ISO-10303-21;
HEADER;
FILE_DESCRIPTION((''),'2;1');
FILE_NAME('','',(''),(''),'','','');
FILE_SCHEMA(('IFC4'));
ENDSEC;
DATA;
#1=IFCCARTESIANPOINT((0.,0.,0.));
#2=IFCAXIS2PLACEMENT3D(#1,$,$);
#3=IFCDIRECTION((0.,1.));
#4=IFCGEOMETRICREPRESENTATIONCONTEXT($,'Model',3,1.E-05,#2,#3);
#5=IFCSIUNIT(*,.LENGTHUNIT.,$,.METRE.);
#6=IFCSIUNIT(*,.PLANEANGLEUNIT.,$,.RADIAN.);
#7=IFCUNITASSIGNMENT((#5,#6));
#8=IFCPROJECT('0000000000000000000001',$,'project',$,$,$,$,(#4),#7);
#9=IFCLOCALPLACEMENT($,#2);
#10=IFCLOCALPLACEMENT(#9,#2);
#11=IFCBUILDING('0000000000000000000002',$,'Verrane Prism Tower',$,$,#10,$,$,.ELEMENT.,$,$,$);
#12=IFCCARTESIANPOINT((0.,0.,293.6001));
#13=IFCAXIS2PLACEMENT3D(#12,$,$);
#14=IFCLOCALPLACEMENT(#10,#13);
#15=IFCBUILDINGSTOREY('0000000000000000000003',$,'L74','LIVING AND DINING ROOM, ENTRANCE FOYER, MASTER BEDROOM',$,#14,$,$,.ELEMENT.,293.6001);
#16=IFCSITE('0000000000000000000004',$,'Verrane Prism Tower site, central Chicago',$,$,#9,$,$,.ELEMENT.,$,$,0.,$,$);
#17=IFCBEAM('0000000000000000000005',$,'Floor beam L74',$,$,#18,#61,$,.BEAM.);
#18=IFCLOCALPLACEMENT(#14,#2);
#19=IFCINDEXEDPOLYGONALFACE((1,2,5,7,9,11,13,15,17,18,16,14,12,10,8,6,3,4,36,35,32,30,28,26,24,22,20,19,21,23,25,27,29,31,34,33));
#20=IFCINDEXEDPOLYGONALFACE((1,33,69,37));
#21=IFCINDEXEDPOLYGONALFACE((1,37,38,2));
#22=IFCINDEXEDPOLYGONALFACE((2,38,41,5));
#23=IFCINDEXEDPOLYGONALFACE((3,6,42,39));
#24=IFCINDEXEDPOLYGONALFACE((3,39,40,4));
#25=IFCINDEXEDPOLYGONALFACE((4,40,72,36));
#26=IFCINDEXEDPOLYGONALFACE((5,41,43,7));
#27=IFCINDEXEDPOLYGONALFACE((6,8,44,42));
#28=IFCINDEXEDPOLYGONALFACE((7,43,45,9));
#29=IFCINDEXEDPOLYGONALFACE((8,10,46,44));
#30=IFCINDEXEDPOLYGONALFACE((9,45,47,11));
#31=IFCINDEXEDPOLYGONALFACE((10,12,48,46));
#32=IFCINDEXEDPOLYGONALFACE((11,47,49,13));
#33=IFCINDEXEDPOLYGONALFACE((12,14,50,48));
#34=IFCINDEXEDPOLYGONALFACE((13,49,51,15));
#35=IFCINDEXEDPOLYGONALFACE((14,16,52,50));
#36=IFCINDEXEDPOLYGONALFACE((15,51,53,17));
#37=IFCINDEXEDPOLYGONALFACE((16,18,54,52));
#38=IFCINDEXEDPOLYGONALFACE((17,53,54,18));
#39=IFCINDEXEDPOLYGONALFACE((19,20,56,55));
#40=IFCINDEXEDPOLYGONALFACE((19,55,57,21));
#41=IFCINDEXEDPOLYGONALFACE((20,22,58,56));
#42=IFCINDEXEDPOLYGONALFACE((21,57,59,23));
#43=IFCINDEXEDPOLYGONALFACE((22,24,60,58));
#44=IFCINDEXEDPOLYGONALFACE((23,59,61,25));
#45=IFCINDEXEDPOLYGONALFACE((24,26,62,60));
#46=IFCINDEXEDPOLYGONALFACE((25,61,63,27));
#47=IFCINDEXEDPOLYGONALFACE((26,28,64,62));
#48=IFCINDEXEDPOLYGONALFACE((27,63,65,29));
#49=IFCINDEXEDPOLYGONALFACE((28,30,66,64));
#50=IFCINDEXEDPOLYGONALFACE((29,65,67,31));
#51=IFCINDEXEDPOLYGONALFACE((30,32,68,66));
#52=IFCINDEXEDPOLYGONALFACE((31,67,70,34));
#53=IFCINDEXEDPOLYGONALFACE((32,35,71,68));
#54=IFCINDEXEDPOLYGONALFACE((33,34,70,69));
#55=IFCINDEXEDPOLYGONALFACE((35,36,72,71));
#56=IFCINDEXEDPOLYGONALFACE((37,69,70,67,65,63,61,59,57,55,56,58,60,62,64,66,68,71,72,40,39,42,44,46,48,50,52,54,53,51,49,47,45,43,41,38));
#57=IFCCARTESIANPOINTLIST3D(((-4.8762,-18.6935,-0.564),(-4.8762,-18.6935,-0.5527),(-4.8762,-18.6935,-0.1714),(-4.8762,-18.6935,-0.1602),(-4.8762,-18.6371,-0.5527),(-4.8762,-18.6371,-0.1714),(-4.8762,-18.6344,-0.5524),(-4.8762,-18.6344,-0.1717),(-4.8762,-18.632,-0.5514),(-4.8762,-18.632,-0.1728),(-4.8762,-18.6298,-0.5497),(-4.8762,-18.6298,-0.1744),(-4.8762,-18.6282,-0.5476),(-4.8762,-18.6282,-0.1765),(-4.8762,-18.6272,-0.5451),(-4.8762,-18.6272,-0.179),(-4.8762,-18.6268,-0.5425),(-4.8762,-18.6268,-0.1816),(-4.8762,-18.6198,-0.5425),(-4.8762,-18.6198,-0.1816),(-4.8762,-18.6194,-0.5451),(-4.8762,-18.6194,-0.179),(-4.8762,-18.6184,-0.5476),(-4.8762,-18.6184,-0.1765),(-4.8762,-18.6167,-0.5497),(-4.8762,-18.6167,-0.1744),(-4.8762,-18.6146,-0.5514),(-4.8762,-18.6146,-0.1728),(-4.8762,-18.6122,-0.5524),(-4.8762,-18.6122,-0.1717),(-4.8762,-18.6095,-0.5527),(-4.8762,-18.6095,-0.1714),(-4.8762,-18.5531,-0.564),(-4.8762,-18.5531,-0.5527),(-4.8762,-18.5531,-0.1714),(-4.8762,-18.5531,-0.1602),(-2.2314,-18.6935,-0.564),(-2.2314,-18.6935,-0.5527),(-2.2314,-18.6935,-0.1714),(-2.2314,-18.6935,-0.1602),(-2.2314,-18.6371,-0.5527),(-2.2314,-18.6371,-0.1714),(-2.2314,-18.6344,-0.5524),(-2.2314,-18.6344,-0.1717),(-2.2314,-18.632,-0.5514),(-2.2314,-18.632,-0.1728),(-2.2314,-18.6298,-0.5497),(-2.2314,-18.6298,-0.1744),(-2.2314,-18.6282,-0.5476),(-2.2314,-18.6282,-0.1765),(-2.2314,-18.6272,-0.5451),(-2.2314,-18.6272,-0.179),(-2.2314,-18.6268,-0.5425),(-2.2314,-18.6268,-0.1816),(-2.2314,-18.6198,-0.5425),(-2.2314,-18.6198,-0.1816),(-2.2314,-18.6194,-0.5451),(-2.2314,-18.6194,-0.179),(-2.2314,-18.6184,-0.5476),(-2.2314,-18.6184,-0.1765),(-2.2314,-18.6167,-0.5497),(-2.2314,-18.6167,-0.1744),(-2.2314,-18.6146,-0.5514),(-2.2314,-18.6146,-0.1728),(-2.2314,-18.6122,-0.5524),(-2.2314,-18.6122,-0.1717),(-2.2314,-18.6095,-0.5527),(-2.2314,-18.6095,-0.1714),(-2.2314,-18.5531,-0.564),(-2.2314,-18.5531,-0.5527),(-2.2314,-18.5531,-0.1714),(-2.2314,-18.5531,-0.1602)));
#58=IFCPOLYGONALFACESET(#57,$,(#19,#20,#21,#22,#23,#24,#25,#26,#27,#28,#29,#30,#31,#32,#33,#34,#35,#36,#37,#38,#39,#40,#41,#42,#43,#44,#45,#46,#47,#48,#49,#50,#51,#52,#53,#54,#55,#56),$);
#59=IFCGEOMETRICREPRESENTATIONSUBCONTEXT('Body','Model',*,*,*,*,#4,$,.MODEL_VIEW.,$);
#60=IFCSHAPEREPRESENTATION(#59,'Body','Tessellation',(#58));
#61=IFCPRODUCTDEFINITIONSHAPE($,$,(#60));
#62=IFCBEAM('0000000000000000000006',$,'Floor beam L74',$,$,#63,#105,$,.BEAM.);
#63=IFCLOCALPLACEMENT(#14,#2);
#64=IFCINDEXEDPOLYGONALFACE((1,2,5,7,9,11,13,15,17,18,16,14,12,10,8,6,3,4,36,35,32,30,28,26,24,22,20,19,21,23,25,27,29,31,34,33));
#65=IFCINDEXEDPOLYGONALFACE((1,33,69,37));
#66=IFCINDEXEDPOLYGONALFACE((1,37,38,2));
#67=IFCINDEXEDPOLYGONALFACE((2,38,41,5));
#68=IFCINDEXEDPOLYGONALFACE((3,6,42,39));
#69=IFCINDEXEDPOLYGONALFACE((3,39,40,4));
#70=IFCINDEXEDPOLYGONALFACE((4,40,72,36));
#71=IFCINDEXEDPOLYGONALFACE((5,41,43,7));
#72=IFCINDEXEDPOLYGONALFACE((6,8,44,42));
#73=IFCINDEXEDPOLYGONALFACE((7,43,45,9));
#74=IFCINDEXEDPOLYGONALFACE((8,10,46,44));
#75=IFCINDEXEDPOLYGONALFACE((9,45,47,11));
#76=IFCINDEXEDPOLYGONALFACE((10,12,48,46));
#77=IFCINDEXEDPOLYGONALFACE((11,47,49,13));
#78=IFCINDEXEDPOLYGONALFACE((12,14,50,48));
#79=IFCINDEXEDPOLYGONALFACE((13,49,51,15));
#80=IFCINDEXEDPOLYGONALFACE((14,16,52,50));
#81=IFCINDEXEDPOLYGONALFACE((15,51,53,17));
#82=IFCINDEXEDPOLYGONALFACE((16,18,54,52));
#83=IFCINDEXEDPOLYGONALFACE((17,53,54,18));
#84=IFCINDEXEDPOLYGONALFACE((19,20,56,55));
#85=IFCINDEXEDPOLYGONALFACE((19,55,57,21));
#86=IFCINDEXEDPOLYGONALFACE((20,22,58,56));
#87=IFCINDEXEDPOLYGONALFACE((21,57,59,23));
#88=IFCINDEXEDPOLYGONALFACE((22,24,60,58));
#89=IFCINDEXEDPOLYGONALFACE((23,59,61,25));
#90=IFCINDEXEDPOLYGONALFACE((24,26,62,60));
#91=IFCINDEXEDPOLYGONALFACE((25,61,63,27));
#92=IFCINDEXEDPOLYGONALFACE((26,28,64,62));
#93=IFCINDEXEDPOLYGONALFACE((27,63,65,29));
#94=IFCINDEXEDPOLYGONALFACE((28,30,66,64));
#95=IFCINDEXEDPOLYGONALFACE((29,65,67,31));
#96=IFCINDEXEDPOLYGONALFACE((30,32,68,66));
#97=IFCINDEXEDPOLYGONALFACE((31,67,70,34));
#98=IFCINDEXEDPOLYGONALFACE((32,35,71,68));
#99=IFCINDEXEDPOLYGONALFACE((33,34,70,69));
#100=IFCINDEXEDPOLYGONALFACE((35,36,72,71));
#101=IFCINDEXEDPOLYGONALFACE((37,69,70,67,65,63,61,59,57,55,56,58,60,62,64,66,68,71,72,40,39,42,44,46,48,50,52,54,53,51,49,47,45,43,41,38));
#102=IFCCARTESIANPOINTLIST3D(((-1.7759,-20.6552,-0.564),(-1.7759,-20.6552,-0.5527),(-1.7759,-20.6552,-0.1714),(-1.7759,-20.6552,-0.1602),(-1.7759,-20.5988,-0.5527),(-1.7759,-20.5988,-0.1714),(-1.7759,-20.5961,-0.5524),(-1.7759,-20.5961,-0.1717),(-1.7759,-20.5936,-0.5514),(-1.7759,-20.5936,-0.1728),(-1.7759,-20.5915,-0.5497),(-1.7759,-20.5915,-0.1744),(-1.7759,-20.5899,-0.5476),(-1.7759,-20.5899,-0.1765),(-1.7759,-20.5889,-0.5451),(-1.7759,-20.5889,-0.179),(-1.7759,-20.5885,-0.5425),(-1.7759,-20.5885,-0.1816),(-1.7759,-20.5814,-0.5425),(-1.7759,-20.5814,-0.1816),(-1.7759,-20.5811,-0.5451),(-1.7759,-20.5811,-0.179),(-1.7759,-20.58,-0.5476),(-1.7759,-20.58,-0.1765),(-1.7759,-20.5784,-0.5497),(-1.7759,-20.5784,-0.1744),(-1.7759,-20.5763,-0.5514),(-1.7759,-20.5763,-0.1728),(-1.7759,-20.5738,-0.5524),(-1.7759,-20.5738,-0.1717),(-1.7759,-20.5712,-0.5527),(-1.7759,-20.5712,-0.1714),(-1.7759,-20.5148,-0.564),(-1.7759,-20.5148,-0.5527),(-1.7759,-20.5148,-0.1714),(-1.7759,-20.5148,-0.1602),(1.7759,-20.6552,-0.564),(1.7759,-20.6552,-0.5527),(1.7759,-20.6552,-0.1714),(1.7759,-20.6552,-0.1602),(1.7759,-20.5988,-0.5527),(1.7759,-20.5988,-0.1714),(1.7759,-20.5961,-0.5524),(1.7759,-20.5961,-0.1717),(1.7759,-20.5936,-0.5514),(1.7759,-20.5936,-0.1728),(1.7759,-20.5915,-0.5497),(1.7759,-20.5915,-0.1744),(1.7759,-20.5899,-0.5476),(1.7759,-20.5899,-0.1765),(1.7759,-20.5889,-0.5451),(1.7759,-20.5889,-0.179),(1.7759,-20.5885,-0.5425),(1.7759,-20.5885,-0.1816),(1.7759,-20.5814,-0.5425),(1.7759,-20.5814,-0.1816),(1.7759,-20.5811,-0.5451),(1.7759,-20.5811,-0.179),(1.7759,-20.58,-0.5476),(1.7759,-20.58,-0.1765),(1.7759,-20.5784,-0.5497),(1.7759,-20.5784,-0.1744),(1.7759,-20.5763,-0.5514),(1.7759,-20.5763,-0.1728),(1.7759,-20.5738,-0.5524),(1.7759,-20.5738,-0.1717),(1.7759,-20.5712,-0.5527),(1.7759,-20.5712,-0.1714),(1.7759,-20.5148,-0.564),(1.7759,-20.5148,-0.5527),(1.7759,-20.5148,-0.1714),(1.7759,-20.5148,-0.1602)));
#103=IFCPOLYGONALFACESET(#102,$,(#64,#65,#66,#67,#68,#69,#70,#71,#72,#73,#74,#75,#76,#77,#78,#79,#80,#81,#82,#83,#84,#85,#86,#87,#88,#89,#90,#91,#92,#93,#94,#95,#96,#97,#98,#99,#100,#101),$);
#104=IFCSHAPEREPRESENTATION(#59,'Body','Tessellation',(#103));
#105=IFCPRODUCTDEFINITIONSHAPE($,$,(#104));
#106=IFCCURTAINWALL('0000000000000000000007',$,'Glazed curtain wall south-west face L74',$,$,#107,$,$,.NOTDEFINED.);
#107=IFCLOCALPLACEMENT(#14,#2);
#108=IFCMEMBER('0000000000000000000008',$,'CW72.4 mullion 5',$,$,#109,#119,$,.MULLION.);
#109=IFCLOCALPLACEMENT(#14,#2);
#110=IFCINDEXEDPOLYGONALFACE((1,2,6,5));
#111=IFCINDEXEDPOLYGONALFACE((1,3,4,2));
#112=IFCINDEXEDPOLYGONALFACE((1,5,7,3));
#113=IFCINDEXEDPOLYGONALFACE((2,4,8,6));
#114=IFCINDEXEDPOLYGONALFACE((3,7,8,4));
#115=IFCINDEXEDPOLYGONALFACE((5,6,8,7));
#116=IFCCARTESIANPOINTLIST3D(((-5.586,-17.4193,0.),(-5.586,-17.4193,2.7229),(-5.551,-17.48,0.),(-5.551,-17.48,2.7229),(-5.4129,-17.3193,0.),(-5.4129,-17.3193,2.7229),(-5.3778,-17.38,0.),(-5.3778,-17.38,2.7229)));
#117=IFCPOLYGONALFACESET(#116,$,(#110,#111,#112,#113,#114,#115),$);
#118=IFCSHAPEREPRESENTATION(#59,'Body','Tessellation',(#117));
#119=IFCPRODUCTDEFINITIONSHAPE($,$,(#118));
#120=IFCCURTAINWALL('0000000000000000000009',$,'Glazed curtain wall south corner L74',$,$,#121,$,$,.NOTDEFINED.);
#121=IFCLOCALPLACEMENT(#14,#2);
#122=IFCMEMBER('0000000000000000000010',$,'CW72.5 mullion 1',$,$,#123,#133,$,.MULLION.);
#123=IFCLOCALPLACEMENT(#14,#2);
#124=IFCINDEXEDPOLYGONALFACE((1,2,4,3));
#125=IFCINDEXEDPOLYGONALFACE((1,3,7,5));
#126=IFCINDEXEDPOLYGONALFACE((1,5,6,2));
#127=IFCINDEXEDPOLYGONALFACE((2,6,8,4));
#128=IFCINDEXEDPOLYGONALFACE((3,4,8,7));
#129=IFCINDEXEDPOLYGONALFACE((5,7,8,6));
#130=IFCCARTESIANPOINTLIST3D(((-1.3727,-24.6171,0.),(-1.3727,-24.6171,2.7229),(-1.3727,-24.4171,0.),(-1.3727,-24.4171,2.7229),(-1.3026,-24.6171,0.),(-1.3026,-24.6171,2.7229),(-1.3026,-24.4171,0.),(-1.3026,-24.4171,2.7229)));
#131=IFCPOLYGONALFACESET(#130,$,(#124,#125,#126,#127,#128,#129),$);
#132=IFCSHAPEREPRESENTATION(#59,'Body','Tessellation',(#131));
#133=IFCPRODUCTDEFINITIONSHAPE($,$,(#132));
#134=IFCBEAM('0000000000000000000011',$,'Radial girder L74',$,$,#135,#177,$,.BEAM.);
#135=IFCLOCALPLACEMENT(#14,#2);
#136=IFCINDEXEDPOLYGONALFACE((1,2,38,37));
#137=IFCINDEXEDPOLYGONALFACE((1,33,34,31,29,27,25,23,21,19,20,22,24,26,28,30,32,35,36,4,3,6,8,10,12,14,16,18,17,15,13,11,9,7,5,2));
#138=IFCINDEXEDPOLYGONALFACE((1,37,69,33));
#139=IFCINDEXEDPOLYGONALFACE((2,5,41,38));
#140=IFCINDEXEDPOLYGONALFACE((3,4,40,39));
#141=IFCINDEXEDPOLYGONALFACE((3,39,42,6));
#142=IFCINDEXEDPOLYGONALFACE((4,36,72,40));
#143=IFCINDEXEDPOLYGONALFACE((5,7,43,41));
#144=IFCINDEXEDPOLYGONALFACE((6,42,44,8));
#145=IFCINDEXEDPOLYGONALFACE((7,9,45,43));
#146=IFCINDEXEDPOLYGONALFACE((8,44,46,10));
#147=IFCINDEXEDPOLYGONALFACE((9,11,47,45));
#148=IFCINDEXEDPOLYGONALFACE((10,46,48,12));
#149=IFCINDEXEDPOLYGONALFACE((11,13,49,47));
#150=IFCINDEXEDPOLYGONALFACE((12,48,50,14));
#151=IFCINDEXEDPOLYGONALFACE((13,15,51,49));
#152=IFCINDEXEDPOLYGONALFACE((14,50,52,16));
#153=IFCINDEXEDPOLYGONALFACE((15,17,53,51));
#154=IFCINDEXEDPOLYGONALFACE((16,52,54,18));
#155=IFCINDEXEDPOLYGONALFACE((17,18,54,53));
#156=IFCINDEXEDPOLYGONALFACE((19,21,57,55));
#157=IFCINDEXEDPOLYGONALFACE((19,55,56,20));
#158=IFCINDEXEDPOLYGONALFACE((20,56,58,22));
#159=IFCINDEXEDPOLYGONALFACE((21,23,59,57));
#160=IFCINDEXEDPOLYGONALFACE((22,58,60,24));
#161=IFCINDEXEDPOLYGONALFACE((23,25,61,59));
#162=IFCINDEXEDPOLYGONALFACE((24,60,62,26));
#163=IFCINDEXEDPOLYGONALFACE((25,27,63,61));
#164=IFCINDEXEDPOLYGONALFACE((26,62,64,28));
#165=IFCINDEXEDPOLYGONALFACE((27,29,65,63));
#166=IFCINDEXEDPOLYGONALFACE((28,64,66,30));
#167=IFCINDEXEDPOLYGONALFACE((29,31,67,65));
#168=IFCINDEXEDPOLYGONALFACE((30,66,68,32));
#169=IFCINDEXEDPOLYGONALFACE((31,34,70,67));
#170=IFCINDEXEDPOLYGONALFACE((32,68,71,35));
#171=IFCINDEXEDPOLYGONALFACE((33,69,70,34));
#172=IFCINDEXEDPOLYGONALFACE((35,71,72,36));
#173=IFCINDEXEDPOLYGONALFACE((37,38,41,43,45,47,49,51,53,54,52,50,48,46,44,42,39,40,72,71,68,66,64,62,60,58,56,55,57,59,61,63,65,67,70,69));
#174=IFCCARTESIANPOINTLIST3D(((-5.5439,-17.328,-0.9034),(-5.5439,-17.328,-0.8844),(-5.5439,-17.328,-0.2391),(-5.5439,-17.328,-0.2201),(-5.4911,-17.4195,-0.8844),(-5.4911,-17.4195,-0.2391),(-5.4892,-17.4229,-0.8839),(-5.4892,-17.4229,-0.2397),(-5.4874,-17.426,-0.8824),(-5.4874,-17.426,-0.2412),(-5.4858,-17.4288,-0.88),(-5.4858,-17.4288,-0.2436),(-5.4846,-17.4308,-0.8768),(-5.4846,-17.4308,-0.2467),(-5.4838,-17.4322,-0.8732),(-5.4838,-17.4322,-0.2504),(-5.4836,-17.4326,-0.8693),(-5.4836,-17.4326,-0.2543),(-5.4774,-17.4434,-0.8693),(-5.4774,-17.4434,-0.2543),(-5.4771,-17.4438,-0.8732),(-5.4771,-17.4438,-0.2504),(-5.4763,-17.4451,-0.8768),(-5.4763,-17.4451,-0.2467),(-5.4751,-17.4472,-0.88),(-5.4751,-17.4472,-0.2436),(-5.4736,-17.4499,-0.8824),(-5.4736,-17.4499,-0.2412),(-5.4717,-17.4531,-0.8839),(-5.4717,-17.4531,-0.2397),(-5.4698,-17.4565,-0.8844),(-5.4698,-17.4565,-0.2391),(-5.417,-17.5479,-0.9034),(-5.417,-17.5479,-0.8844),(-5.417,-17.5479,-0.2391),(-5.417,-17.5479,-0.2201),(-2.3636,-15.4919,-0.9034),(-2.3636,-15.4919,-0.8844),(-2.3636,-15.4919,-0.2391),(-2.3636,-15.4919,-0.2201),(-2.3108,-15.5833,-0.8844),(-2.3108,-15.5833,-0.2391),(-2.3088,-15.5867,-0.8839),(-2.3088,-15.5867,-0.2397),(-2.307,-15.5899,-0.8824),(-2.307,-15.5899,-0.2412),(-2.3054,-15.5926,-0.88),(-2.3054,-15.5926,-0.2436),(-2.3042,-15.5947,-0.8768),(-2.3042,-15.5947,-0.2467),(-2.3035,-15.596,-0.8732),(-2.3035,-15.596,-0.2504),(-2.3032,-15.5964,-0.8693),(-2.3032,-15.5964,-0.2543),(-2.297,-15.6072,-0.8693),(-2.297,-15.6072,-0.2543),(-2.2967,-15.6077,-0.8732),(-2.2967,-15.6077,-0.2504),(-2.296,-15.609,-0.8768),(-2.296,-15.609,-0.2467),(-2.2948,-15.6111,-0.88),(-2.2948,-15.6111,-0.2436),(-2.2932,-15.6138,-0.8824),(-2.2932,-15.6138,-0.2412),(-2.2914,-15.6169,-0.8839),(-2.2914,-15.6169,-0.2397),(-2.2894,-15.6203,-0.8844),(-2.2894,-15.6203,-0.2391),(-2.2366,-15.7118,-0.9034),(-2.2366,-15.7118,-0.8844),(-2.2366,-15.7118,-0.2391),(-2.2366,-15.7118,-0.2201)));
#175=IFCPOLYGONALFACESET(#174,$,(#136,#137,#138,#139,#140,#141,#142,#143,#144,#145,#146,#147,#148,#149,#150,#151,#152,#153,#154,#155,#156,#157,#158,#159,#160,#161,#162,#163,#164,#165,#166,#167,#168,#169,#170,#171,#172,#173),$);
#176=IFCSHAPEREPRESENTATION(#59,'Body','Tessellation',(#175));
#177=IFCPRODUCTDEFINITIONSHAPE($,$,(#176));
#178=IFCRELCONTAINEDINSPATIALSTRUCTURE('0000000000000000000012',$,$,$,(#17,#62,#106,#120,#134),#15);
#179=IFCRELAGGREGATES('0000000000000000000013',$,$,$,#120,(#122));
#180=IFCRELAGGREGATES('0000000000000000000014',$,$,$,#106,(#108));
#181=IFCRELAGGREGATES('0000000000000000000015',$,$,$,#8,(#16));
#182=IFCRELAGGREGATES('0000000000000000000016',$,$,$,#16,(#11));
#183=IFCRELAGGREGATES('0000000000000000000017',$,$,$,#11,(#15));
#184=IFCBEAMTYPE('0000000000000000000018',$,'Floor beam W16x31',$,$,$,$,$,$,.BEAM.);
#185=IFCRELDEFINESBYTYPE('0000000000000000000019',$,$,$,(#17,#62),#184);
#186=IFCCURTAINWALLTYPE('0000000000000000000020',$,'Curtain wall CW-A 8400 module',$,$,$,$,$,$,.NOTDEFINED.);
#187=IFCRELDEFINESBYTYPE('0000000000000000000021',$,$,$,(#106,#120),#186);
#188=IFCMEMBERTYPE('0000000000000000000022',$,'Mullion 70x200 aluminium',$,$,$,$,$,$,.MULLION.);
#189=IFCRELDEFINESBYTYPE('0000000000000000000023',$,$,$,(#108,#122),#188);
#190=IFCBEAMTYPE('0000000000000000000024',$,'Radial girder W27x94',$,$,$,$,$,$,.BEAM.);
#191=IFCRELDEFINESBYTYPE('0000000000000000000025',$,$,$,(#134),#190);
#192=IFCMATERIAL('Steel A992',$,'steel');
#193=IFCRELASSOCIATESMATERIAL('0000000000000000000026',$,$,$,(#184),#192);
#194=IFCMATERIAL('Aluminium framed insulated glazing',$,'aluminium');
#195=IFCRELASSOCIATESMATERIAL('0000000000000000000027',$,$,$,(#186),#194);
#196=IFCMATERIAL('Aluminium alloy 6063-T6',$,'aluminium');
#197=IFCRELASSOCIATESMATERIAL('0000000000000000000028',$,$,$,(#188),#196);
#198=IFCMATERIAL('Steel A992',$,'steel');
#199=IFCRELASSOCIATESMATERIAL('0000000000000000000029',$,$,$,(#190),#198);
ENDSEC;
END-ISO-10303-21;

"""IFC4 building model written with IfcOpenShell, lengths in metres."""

from ifc_helpers import new_model, si_unit, direction, frame, origin, origin_2d, place, context, subcontext, project, spatial, rectangle, i_section, extrude, material, material_profile, profile_set, type_object, element, aggregate, save


model = new_model("IFC4")

# Units and contexts
model_context = context("Model", 3, precision=1e-05, world=origin(), true_north=direction((0.0, 1.0)))
body_context = subcontext(model_context, "Body", "Model", "MODEL_VIEW")
ifc_project = project(units=[si_unit("LENGTHUNIT", "METRE"), si_unit("PLANEANGLEUNIT", "RADIAN")], contexts=[model_context])

# Site, building, storey
site_placement = place(None, origin())
site = spatial("IfcSite", under=ifc_project, at=site_placement, Name="Verrane Prism Tower site, central Chicago", CompositionType="ELEMENT", RefElevation=0.0)
building_placement = place(site_placement, origin())
building = spatial("IfcBuilding", under=site, at=building_placement, Name="Verrane Prism Tower", CompositionType="ELEMENT")
storey_placement = place(building_placement, frame((0.0, 0.0, 293.6001)))
storey = spatial("IfcBuildingStorey", under=building, at=storey_placement, Name="L74", Description="LIVING AND DINING ROOM, ENTRANCE FOYER, MASTER BEDROOM", CompositionType="ELEMENT", Elevation=293.6001)

# Beams
ifc_material_1 = material(Name="Steel A992", Category="steel")
ifc_material_profile_1 = material_profile(ifc_material_1, i_section(OverallWidth=0.1404, OverallDepth=0.4038, WebThickness=0.0071, FlangeThickness=0.0112, FilletRadius=0.0103, at=origin_2d()), Name="W16x31")
ifc_profile_set_1 = profile_set([ifc_material_profile_1], Name="Steel A992")
beam_type_1 = type_object("IfcBeamType", Name="Floor beam W16x31", PredefinedType="BEAM", material=ifc_profile_set_1)
beam_1_placement = place(storey_placement, frame((-4.8762, -18.6233, -0.3621), z_axis=(1.0, 0.0, 0.0), x_axis=(0.0, 1.0, 0.0)))
element("IfcBeam", 1, at=beam_1_placement, inside=storey, type_object=beam_type_1, Name="Floor beam L74", PredefinedType="BEAM", context=body_context, shape_type="SweptSolid", body=[
    extrude(i_section(OverallWidth=0.1404, OverallDepth=0.4038, WebThickness=0.0071, FlangeThickness=0.0112, FilletRadius=0.0103, at=origin_2d()), origin(), (0.0, 0.0, 1.0), 2.6448),
])
beam_2_placement = place(storey_placement, frame((-1.7759, -20.585, -0.3621), z_axis=(1.0, 0.0, 0.0), x_axis=(0.0, 1.0, 0.0)))
element("IfcBeam", 2, at=beam_2_placement, inside=storey, type_object=beam_type_1, Name="Floor beam L74", PredefinedType="BEAM", context=body_context, shape_type="SweptSolid", body=[
    extrude(i_section(OverallWidth=0.1404, OverallDepth=0.4038, WebThickness=0.0071, FlangeThickness=0.0112, FilletRadius=0.0103, at=origin_2d()), origin(), (0.0, 0.0, 1.0), 3.5518),
])

# Curtain walls, members
ifc_material_2 = material(Name="Aluminium framed insulated glazing", Category="aluminium")
curtain_wall_type = type_object("IfcCurtainWallType", Name="Curtain wall CW-A 8400 module", PredefinedType="NOTDEFINED", material=ifc_material_2)
curtain_wall_1_placement = place(storey_placement, origin())
curtain_wall_1 = element("IfcCurtainWall", 3, at=curtain_wall_1_placement, inside=storey, type_object=curtain_wall_type, Name="Glazed curtain wall south-west face L74", PredefinedType="NOTDEFINED")
ifc_material_3 = material(Name="Aluminium alloy 6063-T6", Category="aluminium")
ifc_material_profile_2 = material_profile(ifc_material_3, rectangle(XDim=0.2, YDim=0.0701, at=origin_2d()), Name="Mullion 70x200 aluminium")
ifc_profile_set_2 = profile_set([ifc_material_profile_2], Name="Aluminium alloy 6063-T6")
member_type_1 = type_object("IfcMemberType", Name="Mullion 70x200 aluminium", PredefinedType="MULLION", material=ifc_profile_set_2)
member_1_placement = place(storey_placement, frame((-5.4819, -17.3997, 0.0), z_axis=(0.0, 0.0, 1.0), x_axis=(0.866025, 0.500001, 0.0)))
member_1 = element("IfcMember", 4, at=member_1_placement, type_object=member_type_1, Name="CW72.4 mullion 5", PredefinedType="MULLION", context=body_context, shape_type="SweptSolid", body=[
    extrude(rectangle(XDim=0.2, YDim=0.0701, at=origin_2d()), origin(), (0.0, 0.0, 1.0), 2.7229),
])
curtain_wall_2_placement = place(storey_placement, origin())
curtain_wall_2 = element("IfcCurtainWall", 5, at=curtain_wall_2_placement, inside=storey, type_object=curtain_wall_type, Name="Glazed curtain wall south corner L74", PredefinedType="NOTDEFINED")
member_2_placement = place(storey_placement, frame((-1.3376, -24.5171, 0.0), z_axis=(0.0, 0.0, 1.0), x_axis=(0.0, 1.0, 0.0)))
member_2 = element("IfcMember", 6, at=member_2_placement, type_object=member_type_1, Name="CW72.5 mullion 1", PredefinedType="MULLION", context=body_context, shape_type="SweptSolid", body=[
    extrude(rectangle(XDim=0.2, YDim=0.0701, at=origin_2d()), origin(), (0.0, 0.0, 1.0), 2.7229),
])

# Beam
ifc_material_4 = material(Name="Steel A992", Category="steel")
ifc_material_profile_3 = material_profile(ifc_material_4, i_section(OverallWidth=0.2539, OverallDepth=0.6833, WebThickness=0.0125, FlangeThickness=0.019, FilletRadius=0.0151, at=origin_2d()), Name="W27x94")
ifc_profile_set_3 = profile_set([ifc_material_profile_3], Name="Steel A992")
beam_type_2 = type_object("IfcBeamType", Name="Radial girder W27x94", PredefinedType="BEAM", material=ifc_profile_set_3)
beam_3_placement = place(storey_placement, frame((-5.4805, -17.438, -0.5618), z_axis=(0.866029, 0.499993, 0.0), x_axis=(-0.499993, 0.866029, 0.0)))
element("IfcBeam", 7, at=beam_3_placement, inside=storey, type_object=beam_type_2, Name="Radial girder L74", PredefinedType="BEAM", context=body_context, shape_type="SweptSolid", body=[
    extrude(i_section(OverallWidth=0.2539, OverallDepth=0.6833, WebThickness=0.0125, FlangeThickness=0.019, FilletRadius=0.0151, at=origin_2d()), origin(), (0.0, 0.0, 1.0), 3.6724),
])

aggregate(curtain_wall_2, [member_2])

aggregate(curtain_wall_1, [member_1])

save(model, "model.ifc")
